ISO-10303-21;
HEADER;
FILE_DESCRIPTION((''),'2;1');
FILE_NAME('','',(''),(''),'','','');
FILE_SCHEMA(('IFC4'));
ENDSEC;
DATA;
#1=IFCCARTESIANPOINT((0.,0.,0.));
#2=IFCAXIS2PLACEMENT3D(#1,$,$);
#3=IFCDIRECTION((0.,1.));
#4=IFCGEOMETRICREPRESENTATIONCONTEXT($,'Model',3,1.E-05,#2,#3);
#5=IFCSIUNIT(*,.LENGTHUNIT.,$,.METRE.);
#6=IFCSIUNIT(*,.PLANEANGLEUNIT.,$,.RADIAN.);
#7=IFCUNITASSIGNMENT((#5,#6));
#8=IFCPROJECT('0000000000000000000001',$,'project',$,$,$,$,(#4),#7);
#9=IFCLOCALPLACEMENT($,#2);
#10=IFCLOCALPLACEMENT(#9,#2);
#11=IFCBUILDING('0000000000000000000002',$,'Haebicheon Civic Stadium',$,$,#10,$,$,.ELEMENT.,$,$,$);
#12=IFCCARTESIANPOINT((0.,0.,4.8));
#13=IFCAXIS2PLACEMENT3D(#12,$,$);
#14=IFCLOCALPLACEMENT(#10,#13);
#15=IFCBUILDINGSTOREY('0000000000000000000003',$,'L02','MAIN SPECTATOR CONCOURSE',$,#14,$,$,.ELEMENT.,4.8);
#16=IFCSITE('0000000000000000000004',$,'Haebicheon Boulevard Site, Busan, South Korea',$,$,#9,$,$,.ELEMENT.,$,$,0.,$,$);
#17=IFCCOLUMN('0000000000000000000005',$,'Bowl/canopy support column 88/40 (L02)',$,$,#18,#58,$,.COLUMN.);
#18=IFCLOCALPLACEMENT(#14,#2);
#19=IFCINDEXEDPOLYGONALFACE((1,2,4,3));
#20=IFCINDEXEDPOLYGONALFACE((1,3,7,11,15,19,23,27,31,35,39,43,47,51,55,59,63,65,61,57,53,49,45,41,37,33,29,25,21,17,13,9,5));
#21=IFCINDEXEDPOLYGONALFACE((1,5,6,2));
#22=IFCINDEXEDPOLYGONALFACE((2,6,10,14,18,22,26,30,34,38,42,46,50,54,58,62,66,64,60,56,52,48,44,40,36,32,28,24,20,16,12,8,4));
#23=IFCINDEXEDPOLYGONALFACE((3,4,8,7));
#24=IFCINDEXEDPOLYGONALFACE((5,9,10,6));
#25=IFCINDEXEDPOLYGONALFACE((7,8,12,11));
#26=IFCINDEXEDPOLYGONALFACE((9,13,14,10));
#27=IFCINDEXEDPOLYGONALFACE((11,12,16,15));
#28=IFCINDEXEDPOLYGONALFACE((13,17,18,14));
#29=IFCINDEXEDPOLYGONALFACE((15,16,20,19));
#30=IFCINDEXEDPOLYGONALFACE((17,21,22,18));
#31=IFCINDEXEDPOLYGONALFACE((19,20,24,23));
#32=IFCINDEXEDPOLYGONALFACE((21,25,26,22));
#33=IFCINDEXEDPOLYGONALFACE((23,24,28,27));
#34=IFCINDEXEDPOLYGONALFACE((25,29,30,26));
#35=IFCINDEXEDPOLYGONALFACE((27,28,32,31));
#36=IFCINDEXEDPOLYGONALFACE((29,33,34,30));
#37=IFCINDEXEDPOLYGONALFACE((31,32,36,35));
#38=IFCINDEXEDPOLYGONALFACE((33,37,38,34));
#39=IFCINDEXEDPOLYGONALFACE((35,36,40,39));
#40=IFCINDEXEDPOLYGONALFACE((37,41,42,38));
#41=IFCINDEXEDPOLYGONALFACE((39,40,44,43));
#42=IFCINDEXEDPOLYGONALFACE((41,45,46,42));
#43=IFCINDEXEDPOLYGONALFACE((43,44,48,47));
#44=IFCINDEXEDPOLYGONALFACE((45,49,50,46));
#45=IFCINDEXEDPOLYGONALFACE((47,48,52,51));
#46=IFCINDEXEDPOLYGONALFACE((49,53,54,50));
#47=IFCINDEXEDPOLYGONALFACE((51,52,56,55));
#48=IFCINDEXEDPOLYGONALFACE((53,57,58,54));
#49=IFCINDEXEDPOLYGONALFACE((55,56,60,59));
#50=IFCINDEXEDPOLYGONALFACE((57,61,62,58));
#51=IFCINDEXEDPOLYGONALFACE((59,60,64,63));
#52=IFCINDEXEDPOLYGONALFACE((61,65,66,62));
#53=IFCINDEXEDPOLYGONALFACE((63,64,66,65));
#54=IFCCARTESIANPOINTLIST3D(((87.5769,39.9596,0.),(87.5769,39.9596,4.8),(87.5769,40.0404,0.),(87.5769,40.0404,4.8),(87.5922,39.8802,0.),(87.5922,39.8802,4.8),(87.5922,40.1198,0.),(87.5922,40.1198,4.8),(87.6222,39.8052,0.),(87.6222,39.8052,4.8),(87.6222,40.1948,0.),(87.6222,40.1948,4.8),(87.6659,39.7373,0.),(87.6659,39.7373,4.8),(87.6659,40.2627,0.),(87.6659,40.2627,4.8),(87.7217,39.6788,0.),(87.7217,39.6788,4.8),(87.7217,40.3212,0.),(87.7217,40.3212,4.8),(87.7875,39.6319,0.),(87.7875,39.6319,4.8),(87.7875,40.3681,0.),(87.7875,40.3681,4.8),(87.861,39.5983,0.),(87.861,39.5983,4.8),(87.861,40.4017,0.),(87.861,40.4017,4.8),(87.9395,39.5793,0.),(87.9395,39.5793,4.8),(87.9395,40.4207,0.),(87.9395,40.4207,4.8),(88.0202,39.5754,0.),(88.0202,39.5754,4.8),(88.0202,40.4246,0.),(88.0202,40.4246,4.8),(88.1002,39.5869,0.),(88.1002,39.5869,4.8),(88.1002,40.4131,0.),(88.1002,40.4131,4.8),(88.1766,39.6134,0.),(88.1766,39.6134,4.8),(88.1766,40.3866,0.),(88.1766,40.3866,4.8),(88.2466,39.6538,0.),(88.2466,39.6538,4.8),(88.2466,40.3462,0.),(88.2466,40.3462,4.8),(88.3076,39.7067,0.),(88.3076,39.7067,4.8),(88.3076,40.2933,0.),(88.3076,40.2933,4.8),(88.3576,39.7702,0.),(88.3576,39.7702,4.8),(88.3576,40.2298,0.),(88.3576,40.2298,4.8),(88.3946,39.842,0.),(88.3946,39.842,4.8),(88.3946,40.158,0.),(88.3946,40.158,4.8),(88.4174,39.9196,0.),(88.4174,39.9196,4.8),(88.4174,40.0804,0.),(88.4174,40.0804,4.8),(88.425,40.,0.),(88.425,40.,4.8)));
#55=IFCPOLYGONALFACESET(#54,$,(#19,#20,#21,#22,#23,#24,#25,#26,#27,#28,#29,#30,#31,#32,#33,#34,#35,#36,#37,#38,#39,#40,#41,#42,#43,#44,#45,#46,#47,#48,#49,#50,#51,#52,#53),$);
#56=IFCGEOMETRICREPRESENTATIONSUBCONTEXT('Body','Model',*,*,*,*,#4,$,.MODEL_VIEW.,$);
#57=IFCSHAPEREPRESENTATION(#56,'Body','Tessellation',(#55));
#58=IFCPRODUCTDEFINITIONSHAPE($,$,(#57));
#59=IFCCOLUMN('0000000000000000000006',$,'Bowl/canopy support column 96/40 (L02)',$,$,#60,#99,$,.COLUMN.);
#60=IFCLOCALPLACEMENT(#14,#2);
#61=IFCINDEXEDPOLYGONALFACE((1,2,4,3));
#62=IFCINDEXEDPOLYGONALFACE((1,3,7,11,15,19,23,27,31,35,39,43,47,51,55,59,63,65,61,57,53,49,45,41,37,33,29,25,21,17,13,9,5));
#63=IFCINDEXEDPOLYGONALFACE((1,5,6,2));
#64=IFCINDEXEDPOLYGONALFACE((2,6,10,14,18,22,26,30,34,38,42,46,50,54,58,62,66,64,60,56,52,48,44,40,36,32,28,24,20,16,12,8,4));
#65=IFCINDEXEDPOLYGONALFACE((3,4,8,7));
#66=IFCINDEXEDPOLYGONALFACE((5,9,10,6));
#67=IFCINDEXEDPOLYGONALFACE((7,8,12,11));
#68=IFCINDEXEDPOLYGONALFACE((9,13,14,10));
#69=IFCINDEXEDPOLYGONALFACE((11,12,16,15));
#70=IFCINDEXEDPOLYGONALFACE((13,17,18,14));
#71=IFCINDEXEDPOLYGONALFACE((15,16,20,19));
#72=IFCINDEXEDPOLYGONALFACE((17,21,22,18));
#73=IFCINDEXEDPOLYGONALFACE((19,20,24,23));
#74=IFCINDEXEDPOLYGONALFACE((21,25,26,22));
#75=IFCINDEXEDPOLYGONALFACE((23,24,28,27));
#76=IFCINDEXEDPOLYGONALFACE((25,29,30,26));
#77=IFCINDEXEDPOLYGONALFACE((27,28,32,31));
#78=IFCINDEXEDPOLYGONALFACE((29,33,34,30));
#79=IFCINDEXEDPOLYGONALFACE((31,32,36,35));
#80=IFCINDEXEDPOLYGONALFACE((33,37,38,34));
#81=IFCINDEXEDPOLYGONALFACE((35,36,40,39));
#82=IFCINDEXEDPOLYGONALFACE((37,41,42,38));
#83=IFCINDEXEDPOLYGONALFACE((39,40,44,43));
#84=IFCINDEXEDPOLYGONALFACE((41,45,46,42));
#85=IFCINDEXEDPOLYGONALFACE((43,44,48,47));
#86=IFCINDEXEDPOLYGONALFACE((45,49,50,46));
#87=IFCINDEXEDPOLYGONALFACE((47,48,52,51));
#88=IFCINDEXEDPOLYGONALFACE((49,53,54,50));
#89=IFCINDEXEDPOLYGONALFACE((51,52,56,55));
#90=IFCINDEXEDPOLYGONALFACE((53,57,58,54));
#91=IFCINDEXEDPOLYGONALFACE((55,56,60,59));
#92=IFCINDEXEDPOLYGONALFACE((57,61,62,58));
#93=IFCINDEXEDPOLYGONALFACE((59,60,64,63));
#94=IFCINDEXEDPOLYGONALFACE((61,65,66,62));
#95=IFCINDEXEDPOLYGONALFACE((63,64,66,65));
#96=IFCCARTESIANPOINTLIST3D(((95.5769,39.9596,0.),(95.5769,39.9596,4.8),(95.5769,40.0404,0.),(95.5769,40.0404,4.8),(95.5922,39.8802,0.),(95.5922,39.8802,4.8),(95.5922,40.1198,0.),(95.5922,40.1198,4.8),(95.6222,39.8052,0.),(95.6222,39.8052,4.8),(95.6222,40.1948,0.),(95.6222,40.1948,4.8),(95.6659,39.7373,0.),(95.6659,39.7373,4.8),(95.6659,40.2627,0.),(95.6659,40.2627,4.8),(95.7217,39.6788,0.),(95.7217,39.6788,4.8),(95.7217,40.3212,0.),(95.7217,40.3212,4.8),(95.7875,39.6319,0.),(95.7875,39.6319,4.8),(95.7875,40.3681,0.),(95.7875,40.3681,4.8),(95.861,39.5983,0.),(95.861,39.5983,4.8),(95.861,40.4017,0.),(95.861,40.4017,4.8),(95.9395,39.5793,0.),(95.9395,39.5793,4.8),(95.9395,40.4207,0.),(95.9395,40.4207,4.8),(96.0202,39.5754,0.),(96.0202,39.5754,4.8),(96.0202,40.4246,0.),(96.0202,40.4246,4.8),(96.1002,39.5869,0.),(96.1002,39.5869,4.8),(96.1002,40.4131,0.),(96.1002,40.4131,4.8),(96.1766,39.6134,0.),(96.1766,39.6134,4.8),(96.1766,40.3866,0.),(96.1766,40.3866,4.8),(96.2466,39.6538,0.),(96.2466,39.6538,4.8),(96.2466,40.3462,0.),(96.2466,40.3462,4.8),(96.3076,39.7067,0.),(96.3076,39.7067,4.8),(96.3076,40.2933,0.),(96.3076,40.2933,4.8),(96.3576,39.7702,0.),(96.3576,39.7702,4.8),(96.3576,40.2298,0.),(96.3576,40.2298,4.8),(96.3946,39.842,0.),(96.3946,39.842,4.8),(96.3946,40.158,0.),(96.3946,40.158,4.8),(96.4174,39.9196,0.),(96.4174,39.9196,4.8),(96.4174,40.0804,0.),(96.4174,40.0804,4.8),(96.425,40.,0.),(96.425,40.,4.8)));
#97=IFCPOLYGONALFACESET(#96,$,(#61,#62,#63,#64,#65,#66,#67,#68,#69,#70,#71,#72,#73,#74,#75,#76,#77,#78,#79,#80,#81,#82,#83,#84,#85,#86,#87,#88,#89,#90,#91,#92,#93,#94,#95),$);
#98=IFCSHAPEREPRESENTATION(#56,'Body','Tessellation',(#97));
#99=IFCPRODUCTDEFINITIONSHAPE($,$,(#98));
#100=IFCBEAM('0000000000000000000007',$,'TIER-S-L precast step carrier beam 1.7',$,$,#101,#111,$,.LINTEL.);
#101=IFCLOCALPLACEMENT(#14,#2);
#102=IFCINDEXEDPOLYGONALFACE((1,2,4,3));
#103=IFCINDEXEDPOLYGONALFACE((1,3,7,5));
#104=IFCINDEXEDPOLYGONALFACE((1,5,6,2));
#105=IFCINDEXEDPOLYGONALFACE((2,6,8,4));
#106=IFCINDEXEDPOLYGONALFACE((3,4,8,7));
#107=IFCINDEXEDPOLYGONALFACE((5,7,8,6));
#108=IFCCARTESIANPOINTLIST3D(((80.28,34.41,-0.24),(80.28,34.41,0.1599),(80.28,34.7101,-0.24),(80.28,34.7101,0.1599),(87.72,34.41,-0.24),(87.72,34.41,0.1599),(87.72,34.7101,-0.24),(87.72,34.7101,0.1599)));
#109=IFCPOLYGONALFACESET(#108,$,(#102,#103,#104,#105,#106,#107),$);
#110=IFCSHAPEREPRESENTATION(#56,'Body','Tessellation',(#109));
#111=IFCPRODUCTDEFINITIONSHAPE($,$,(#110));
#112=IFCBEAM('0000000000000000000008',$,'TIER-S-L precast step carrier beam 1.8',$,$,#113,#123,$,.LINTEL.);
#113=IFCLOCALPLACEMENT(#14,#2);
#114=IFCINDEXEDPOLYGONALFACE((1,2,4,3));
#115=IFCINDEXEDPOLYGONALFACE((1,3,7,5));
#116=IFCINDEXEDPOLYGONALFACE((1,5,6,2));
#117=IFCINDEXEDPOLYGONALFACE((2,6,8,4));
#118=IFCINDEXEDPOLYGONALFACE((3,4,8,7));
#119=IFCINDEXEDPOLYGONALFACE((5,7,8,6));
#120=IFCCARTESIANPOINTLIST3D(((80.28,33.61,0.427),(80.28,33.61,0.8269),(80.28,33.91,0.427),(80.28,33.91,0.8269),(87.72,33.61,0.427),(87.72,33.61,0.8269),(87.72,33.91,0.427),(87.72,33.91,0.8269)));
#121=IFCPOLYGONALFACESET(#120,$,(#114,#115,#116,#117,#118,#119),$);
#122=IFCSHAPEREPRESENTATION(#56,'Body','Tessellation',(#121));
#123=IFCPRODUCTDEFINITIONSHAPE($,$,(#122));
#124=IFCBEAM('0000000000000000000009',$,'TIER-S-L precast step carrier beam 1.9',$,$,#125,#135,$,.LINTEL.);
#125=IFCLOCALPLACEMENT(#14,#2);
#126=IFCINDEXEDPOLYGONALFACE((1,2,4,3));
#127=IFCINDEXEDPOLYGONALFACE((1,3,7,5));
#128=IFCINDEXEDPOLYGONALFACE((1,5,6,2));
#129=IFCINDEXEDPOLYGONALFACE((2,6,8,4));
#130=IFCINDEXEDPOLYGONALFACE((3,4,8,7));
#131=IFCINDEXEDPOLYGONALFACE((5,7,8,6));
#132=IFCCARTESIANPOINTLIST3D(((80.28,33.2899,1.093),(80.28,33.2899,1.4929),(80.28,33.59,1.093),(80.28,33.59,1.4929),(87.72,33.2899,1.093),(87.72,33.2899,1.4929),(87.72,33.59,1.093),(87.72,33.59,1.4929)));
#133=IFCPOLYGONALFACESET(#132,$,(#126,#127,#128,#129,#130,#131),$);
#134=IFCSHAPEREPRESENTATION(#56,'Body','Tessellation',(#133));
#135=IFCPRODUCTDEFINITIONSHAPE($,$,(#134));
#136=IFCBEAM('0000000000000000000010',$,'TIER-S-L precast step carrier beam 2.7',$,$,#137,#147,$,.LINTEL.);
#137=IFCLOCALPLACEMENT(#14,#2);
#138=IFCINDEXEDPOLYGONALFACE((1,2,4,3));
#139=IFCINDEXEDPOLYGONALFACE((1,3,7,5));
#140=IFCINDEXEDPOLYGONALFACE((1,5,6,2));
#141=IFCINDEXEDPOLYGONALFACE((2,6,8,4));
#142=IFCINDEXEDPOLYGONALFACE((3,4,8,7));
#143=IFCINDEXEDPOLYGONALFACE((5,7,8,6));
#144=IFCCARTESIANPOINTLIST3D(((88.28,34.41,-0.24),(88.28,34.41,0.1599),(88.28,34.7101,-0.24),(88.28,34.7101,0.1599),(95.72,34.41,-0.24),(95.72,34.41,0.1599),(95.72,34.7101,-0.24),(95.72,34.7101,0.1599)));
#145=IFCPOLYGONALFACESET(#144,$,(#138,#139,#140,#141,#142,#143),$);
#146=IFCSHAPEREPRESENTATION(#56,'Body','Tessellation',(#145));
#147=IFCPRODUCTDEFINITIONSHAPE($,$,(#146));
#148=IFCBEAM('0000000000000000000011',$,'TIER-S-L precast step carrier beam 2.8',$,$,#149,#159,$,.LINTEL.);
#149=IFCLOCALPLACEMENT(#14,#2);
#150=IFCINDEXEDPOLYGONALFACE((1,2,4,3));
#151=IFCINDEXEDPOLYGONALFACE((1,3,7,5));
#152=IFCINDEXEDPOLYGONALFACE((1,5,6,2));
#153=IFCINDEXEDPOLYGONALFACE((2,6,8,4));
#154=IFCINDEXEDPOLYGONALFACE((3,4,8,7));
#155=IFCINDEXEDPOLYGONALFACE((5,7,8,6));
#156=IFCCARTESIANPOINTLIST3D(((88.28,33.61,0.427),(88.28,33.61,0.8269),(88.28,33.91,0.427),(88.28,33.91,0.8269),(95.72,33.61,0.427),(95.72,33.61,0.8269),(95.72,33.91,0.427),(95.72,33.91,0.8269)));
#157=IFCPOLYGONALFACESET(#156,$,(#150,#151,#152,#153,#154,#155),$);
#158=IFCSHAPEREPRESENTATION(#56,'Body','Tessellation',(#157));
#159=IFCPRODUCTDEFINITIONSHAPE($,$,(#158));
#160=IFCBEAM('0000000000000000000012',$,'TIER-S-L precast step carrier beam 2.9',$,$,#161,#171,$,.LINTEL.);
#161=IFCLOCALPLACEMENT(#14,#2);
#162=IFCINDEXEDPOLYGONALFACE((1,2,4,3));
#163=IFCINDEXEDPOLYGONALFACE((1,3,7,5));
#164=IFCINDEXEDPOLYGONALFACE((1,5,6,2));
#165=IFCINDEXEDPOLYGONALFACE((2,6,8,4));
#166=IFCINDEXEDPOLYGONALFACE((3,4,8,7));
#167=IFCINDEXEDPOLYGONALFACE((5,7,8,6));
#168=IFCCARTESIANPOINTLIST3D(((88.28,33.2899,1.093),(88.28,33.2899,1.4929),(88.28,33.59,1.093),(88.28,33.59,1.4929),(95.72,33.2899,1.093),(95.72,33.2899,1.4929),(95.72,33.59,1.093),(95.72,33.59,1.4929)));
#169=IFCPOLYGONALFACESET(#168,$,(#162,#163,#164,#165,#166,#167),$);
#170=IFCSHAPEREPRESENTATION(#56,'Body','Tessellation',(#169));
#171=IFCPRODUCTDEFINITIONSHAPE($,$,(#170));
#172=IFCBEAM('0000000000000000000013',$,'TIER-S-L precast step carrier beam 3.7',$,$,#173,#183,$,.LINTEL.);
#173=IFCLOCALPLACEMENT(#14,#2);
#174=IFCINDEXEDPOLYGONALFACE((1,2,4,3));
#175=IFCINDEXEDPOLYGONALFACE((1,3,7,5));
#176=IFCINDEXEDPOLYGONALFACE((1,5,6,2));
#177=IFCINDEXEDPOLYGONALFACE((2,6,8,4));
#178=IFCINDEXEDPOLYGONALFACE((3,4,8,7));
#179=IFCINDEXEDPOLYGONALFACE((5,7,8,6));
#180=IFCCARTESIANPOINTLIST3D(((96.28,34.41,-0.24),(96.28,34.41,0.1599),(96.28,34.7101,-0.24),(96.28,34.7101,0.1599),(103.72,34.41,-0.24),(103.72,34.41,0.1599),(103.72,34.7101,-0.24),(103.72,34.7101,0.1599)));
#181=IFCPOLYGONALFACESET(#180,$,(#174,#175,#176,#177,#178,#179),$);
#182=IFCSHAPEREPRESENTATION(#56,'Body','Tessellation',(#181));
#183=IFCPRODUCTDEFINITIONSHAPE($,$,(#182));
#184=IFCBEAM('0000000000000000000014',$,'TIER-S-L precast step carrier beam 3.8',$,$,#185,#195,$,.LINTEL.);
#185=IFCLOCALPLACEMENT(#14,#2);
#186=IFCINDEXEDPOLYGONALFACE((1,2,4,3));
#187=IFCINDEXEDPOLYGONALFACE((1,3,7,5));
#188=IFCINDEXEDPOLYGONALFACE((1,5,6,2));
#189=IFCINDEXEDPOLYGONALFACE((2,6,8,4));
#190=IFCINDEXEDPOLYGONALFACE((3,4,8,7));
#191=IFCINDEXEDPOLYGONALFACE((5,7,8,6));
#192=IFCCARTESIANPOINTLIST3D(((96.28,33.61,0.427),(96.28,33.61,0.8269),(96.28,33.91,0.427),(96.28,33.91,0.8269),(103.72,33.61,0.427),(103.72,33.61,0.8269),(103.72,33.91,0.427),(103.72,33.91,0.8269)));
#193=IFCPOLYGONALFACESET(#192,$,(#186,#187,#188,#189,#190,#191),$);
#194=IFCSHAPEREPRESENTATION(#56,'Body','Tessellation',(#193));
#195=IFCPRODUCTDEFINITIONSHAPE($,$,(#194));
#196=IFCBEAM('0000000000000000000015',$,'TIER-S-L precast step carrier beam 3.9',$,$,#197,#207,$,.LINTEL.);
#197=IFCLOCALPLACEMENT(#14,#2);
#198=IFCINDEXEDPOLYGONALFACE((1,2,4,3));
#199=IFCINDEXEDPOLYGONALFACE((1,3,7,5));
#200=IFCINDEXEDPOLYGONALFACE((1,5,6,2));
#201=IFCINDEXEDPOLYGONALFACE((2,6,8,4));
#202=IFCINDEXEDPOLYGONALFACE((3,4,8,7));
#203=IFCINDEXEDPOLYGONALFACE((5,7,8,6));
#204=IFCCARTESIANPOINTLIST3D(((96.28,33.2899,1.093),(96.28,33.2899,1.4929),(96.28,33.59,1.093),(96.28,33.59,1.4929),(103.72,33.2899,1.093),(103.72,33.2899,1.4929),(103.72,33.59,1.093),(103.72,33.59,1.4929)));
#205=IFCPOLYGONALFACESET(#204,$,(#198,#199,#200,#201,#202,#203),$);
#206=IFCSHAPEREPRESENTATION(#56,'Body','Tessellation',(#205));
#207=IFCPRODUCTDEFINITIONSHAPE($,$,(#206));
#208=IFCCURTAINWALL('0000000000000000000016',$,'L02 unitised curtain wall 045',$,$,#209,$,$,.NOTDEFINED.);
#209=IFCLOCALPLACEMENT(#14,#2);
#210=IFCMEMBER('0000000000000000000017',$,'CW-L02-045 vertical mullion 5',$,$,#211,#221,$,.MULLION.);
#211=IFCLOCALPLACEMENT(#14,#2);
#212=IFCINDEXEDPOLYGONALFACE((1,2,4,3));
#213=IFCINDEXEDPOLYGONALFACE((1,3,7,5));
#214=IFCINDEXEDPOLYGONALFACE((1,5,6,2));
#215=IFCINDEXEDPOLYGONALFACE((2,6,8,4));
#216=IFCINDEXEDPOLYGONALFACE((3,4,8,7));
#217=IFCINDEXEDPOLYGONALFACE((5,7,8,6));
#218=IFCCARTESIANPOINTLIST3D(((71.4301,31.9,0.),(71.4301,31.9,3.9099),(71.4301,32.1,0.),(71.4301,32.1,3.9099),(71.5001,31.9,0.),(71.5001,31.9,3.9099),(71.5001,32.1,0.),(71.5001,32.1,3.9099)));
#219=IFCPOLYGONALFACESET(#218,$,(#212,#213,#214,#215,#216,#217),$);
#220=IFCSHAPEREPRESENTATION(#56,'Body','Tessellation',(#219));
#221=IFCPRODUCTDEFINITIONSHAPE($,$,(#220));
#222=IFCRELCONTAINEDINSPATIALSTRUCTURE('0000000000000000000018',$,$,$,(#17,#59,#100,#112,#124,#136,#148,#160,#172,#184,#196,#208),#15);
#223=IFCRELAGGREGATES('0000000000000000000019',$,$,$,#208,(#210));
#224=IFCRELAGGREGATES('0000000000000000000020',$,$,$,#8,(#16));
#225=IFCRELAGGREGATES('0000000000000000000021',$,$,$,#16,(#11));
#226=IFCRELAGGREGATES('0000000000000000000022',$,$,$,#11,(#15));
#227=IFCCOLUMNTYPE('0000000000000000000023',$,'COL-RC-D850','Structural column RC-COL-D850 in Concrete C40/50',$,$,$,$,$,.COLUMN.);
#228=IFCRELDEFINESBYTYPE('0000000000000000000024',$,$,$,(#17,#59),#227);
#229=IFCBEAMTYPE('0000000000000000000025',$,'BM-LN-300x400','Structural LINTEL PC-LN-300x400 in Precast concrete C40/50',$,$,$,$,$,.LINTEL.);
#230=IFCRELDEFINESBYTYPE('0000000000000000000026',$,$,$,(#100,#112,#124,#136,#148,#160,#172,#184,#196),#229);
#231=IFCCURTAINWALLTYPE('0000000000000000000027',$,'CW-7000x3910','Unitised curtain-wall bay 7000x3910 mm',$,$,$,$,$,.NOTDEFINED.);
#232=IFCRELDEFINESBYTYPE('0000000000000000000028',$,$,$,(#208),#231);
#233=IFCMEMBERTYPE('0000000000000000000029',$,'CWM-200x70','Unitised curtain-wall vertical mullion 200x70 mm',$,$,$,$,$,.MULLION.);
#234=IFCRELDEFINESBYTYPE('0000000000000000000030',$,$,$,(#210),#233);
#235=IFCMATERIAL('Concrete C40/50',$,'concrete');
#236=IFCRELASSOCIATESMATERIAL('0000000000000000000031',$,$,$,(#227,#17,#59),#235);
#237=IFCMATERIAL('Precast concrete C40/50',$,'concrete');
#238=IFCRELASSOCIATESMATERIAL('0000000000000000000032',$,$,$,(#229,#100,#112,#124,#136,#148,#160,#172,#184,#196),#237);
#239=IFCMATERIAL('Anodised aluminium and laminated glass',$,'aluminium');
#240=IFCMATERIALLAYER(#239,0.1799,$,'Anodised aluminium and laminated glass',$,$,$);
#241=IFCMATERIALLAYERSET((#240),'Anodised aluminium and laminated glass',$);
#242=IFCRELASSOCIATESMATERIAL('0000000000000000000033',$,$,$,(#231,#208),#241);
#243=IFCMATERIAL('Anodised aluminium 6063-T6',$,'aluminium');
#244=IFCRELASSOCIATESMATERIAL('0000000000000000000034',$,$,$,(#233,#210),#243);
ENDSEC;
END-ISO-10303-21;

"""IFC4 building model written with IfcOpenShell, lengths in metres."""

from ifc_helpers import new_model, si_unit, direction, frame, origin, origin_2d, place, context, subcontext, project, spatial, rectangle, circle, extrude, material, layer, layer_set, material_profile, profile_set, type_object, element, aggregate, save


model = new_model("IFC4")

# Units and contexts
model_context = context("Model", 3, precision=1e-05, world=origin(), true_north=direction((0.0, 1.0)))
body_context = subcontext(model_context, "Body", "Model", "MODEL_VIEW")
ifc_project = project(units=[si_unit("LENGTHUNIT", "METRE"), si_unit("PLANEANGLEUNIT", "RADIAN")], contexts=[model_context])

# Site, building, storey
site_placement = place(None, origin())
site = spatial("IfcSite", under=ifc_project, at=site_placement, Name="Haebicheon Boulevard Site, Busan, South Korea", CompositionType="ELEMENT", RefElevation=0.0)
building_placement = place(site_placement, origin())
building = spatial("IfcBuilding", under=site, at=building_placement, Name="Haebicheon Civic Stadium", CompositionType="ELEMENT")
storey_placement = place(building_placement, frame((0.0, 0.0, 4.8)))
storey = spatial("IfcBuildingStorey", under=building, at=storey_placement, Name="L02", Description="MAIN SPECTATOR CONCOURSE", CompositionType="ELEMENT", Elevation=4.8)

# Columns
ifc_material_1 = material(Name="Concrete C40/50", Category="concrete")
ifc_material_profile_1 = material_profile(ifc_material_1, circle(Radius=0.425, at=origin_2d()), Name="RC-COL-D850")
ifc_profile_set_1 = profile_set([ifc_material_profile_1], Name="Concrete C40/50")
column_type_1 = type_object("IfcColumnType", Name="COL-RC-D850", Description="Structural column RC-COL-D850 in Concrete C40/50", PredefinedType="COLUMN", material=ifc_profile_set_1)
for number, where, z_axis, x_axis, name in (
    (1, (88.0, 40.0, 0.0), (0.0, 0.0, 1.0), (1.0, 0.0, 0.0), "Bowl/canopy support column 88/40 (L02)"),
    (2, (96.0, 40.0, 0.0), (0.0, 0.0, 1.0), (1.0, 0.0, 0.0), "Bowl/canopy support column 96/40 (L02)"),
):
    element("IfcColumn", number, at=place(storey_placement, frame(where, z_axis=z_axis, x_axis=x_axis)), inside=storey, type_object=column_type_1, material=ifc_profile_set_1, Name=name, PredefinedType="COLUMN", context=body_context, shape_type="SweptSolid", body=[
        extrude(circle(Radius=0.425, at=origin_2d()), origin(), (0.0, 0.0, 1.0), 4.8),
    ])

# Beams
ifc_material_2 = material(Name="Precast concrete C40/50", Category="concrete")
ifc_material_profile_2 = material_profile(ifc_material_2, rectangle(XDim=0.3, YDim=0.3999, at=origin_2d()), Name="PC-LN-300x400")
ifc_profile_set_2 = profile_set([ifc_material_profile_2], Name="Precast concrete C40/50")
beam_type_1 = type_object("IfcBeamType", Name="BM-LN-300x400", Description="Structural LINTEL PC-LN-300x400 in Precast concrete C40/50", PredefinedType="LINTEL", material=ifc_profile_set_2)
for number, where, z_axis, x_axis, name in (
    (3, (80.28, 34.5601, -0.04), (1.0, 0.0, 0.0), (0.0, 1.0, 0.0), "TIER-S-L precast step carrier beam 1.7"),
    (4, (80.28, 33.76, 0.627), (1.0, 0.0, 0.0), (0.0, 1.0, 0.0), "TIER-S-L precast step carrier beam 1.8"),
    (5, (80.28, 33.4399, 1.293), (1.0, 0.0, 0.0), (0.0, 1.0, 0.0), "TIER-S-L precast step carrier beam 1.9"),
    (6, (88.28, 34.5601, -0.04), (1.0, 0.0, 0.0), (0.0, 1.0, 0.0), "TIER-S-L precast step carrier beam 2.7"),
    (7, (88.28, 33.76, 0.627), (1.0, 0.0, 0.0), (0.0, 1.0, 0.0), "TIER-S-L precast step carrier beam 2.8"),
    (8, (88.28, 33.4399, 1.293), (1.0, 0.0, 0.0), (0.0, 1.0, 0.0), "TIER-S-L precast step carrier beam 2.9"),
    (9, (96.28, 34.5601, -0.04), (1.0, 0.0, 0.0), (0.0, 1.0, 0.0), "TIER-S-L precast step carrier beam 3.7"),
    (10, (96.28, 33.76, 0.627), (1.0, 0.0, 0.0), (0.0, 1.0, 0.0), "TIER-S-L precast step carrier beam 3.8"),
    (11, (96.28, 33.4399, 1.293), (1.0, 0.0, 0.0), (0.0, 1.0, 0.0), "TIER-S-L precast step carrier beam 3.9"),
):
    element("IfcBeam", number, at=place(storey_placement, frame(where, z_axis=z_axis, x_axis=x_axis)), inside=storey, type_object=beam_type_1, material=ifc_profile_set_2, Name=name, PredefinedType="LINTEL", context=body_context, shape_type="SweptSolid", body=[
        extrude(rectangle(XDim=0.3, YDim=0.3999, at=origin_2d()), origin(), (0.0, 0.0, 1.0), 7.4399),
    ])

# Curtain wall, member
ifc_material_3 = material(Name="Anodised aluminium and laminated glass", Category="aluminium")
ifc_layer_1 = layer(ifc_material_3, 0.1799, Name="Anodised aluminium and laminated glass")
ifc_layer_set_1 = layer_set([ifc_layer_1], Name="Anodised aluminium and laminated glass")
curtain_wall_type = type_object("IfcCurtainWallType", Name="CW-7000x3910", Description="Unitised curtain-wall bay 7000x3910 mm", PredefinedType="NOTDEFINED", material=ifc_layer_set_1)
curtain_wall_placement = place(storey_placement, origin())
curtain_wall = element("IfcCurtainWall", 12, at=curtain_wall_placement, inside=storey, type_object=curtain_wall_type, material=ifc_layer_set_1, Name="L02 unitised curtain wall 045", PredefinedType="NOTDEFINED")
ifc_material_4 = material(Name="Anodised aluminium 6063-T6", Category="aluminium")
ifc_material_profile_3 = material_profile(ifc_material_4, rectangle(XDim=0.0701, YDim=0.2, at=origin_2d()), Name="ALU-MULL-70x200")
ifc_profile_set_3 = profile_set([ifc_material_profile_3], Name="Anodised aluminium 6063-T6")
member_type_1 = type_object("IfcMemberType", Name="CWM-200x70", Description="Unitised curtain-wall vertical mullion 200x70 mm", PredefinedType="MULLION", material=ifc_profile_set_3)
member_1_placement = place(storey_placement, frame((71.4651, 32.0, 0.0), z_axis=(0.0, 0.0, 1.0), x_axis=(1.0, 0.0, 0.0)))
member_1 = element("IfcMember", 13, at=member_1_placement, type_object=member_type_1, material=ifc_profile_set_3, Name="CW-L02-045 vertical mullion 5", PredefinedType="MULLION", context=body_context, shape_type="SweptSolid", body=[
    extrude(rectangle(XDim=0.0701, YDim=0.2, at=origin_2d()), origin(), (0.0, 0.0, 1.0), 3.9099),
])

aggregate(curtain_wall, [member_1])

save(model, "model.ifc")
